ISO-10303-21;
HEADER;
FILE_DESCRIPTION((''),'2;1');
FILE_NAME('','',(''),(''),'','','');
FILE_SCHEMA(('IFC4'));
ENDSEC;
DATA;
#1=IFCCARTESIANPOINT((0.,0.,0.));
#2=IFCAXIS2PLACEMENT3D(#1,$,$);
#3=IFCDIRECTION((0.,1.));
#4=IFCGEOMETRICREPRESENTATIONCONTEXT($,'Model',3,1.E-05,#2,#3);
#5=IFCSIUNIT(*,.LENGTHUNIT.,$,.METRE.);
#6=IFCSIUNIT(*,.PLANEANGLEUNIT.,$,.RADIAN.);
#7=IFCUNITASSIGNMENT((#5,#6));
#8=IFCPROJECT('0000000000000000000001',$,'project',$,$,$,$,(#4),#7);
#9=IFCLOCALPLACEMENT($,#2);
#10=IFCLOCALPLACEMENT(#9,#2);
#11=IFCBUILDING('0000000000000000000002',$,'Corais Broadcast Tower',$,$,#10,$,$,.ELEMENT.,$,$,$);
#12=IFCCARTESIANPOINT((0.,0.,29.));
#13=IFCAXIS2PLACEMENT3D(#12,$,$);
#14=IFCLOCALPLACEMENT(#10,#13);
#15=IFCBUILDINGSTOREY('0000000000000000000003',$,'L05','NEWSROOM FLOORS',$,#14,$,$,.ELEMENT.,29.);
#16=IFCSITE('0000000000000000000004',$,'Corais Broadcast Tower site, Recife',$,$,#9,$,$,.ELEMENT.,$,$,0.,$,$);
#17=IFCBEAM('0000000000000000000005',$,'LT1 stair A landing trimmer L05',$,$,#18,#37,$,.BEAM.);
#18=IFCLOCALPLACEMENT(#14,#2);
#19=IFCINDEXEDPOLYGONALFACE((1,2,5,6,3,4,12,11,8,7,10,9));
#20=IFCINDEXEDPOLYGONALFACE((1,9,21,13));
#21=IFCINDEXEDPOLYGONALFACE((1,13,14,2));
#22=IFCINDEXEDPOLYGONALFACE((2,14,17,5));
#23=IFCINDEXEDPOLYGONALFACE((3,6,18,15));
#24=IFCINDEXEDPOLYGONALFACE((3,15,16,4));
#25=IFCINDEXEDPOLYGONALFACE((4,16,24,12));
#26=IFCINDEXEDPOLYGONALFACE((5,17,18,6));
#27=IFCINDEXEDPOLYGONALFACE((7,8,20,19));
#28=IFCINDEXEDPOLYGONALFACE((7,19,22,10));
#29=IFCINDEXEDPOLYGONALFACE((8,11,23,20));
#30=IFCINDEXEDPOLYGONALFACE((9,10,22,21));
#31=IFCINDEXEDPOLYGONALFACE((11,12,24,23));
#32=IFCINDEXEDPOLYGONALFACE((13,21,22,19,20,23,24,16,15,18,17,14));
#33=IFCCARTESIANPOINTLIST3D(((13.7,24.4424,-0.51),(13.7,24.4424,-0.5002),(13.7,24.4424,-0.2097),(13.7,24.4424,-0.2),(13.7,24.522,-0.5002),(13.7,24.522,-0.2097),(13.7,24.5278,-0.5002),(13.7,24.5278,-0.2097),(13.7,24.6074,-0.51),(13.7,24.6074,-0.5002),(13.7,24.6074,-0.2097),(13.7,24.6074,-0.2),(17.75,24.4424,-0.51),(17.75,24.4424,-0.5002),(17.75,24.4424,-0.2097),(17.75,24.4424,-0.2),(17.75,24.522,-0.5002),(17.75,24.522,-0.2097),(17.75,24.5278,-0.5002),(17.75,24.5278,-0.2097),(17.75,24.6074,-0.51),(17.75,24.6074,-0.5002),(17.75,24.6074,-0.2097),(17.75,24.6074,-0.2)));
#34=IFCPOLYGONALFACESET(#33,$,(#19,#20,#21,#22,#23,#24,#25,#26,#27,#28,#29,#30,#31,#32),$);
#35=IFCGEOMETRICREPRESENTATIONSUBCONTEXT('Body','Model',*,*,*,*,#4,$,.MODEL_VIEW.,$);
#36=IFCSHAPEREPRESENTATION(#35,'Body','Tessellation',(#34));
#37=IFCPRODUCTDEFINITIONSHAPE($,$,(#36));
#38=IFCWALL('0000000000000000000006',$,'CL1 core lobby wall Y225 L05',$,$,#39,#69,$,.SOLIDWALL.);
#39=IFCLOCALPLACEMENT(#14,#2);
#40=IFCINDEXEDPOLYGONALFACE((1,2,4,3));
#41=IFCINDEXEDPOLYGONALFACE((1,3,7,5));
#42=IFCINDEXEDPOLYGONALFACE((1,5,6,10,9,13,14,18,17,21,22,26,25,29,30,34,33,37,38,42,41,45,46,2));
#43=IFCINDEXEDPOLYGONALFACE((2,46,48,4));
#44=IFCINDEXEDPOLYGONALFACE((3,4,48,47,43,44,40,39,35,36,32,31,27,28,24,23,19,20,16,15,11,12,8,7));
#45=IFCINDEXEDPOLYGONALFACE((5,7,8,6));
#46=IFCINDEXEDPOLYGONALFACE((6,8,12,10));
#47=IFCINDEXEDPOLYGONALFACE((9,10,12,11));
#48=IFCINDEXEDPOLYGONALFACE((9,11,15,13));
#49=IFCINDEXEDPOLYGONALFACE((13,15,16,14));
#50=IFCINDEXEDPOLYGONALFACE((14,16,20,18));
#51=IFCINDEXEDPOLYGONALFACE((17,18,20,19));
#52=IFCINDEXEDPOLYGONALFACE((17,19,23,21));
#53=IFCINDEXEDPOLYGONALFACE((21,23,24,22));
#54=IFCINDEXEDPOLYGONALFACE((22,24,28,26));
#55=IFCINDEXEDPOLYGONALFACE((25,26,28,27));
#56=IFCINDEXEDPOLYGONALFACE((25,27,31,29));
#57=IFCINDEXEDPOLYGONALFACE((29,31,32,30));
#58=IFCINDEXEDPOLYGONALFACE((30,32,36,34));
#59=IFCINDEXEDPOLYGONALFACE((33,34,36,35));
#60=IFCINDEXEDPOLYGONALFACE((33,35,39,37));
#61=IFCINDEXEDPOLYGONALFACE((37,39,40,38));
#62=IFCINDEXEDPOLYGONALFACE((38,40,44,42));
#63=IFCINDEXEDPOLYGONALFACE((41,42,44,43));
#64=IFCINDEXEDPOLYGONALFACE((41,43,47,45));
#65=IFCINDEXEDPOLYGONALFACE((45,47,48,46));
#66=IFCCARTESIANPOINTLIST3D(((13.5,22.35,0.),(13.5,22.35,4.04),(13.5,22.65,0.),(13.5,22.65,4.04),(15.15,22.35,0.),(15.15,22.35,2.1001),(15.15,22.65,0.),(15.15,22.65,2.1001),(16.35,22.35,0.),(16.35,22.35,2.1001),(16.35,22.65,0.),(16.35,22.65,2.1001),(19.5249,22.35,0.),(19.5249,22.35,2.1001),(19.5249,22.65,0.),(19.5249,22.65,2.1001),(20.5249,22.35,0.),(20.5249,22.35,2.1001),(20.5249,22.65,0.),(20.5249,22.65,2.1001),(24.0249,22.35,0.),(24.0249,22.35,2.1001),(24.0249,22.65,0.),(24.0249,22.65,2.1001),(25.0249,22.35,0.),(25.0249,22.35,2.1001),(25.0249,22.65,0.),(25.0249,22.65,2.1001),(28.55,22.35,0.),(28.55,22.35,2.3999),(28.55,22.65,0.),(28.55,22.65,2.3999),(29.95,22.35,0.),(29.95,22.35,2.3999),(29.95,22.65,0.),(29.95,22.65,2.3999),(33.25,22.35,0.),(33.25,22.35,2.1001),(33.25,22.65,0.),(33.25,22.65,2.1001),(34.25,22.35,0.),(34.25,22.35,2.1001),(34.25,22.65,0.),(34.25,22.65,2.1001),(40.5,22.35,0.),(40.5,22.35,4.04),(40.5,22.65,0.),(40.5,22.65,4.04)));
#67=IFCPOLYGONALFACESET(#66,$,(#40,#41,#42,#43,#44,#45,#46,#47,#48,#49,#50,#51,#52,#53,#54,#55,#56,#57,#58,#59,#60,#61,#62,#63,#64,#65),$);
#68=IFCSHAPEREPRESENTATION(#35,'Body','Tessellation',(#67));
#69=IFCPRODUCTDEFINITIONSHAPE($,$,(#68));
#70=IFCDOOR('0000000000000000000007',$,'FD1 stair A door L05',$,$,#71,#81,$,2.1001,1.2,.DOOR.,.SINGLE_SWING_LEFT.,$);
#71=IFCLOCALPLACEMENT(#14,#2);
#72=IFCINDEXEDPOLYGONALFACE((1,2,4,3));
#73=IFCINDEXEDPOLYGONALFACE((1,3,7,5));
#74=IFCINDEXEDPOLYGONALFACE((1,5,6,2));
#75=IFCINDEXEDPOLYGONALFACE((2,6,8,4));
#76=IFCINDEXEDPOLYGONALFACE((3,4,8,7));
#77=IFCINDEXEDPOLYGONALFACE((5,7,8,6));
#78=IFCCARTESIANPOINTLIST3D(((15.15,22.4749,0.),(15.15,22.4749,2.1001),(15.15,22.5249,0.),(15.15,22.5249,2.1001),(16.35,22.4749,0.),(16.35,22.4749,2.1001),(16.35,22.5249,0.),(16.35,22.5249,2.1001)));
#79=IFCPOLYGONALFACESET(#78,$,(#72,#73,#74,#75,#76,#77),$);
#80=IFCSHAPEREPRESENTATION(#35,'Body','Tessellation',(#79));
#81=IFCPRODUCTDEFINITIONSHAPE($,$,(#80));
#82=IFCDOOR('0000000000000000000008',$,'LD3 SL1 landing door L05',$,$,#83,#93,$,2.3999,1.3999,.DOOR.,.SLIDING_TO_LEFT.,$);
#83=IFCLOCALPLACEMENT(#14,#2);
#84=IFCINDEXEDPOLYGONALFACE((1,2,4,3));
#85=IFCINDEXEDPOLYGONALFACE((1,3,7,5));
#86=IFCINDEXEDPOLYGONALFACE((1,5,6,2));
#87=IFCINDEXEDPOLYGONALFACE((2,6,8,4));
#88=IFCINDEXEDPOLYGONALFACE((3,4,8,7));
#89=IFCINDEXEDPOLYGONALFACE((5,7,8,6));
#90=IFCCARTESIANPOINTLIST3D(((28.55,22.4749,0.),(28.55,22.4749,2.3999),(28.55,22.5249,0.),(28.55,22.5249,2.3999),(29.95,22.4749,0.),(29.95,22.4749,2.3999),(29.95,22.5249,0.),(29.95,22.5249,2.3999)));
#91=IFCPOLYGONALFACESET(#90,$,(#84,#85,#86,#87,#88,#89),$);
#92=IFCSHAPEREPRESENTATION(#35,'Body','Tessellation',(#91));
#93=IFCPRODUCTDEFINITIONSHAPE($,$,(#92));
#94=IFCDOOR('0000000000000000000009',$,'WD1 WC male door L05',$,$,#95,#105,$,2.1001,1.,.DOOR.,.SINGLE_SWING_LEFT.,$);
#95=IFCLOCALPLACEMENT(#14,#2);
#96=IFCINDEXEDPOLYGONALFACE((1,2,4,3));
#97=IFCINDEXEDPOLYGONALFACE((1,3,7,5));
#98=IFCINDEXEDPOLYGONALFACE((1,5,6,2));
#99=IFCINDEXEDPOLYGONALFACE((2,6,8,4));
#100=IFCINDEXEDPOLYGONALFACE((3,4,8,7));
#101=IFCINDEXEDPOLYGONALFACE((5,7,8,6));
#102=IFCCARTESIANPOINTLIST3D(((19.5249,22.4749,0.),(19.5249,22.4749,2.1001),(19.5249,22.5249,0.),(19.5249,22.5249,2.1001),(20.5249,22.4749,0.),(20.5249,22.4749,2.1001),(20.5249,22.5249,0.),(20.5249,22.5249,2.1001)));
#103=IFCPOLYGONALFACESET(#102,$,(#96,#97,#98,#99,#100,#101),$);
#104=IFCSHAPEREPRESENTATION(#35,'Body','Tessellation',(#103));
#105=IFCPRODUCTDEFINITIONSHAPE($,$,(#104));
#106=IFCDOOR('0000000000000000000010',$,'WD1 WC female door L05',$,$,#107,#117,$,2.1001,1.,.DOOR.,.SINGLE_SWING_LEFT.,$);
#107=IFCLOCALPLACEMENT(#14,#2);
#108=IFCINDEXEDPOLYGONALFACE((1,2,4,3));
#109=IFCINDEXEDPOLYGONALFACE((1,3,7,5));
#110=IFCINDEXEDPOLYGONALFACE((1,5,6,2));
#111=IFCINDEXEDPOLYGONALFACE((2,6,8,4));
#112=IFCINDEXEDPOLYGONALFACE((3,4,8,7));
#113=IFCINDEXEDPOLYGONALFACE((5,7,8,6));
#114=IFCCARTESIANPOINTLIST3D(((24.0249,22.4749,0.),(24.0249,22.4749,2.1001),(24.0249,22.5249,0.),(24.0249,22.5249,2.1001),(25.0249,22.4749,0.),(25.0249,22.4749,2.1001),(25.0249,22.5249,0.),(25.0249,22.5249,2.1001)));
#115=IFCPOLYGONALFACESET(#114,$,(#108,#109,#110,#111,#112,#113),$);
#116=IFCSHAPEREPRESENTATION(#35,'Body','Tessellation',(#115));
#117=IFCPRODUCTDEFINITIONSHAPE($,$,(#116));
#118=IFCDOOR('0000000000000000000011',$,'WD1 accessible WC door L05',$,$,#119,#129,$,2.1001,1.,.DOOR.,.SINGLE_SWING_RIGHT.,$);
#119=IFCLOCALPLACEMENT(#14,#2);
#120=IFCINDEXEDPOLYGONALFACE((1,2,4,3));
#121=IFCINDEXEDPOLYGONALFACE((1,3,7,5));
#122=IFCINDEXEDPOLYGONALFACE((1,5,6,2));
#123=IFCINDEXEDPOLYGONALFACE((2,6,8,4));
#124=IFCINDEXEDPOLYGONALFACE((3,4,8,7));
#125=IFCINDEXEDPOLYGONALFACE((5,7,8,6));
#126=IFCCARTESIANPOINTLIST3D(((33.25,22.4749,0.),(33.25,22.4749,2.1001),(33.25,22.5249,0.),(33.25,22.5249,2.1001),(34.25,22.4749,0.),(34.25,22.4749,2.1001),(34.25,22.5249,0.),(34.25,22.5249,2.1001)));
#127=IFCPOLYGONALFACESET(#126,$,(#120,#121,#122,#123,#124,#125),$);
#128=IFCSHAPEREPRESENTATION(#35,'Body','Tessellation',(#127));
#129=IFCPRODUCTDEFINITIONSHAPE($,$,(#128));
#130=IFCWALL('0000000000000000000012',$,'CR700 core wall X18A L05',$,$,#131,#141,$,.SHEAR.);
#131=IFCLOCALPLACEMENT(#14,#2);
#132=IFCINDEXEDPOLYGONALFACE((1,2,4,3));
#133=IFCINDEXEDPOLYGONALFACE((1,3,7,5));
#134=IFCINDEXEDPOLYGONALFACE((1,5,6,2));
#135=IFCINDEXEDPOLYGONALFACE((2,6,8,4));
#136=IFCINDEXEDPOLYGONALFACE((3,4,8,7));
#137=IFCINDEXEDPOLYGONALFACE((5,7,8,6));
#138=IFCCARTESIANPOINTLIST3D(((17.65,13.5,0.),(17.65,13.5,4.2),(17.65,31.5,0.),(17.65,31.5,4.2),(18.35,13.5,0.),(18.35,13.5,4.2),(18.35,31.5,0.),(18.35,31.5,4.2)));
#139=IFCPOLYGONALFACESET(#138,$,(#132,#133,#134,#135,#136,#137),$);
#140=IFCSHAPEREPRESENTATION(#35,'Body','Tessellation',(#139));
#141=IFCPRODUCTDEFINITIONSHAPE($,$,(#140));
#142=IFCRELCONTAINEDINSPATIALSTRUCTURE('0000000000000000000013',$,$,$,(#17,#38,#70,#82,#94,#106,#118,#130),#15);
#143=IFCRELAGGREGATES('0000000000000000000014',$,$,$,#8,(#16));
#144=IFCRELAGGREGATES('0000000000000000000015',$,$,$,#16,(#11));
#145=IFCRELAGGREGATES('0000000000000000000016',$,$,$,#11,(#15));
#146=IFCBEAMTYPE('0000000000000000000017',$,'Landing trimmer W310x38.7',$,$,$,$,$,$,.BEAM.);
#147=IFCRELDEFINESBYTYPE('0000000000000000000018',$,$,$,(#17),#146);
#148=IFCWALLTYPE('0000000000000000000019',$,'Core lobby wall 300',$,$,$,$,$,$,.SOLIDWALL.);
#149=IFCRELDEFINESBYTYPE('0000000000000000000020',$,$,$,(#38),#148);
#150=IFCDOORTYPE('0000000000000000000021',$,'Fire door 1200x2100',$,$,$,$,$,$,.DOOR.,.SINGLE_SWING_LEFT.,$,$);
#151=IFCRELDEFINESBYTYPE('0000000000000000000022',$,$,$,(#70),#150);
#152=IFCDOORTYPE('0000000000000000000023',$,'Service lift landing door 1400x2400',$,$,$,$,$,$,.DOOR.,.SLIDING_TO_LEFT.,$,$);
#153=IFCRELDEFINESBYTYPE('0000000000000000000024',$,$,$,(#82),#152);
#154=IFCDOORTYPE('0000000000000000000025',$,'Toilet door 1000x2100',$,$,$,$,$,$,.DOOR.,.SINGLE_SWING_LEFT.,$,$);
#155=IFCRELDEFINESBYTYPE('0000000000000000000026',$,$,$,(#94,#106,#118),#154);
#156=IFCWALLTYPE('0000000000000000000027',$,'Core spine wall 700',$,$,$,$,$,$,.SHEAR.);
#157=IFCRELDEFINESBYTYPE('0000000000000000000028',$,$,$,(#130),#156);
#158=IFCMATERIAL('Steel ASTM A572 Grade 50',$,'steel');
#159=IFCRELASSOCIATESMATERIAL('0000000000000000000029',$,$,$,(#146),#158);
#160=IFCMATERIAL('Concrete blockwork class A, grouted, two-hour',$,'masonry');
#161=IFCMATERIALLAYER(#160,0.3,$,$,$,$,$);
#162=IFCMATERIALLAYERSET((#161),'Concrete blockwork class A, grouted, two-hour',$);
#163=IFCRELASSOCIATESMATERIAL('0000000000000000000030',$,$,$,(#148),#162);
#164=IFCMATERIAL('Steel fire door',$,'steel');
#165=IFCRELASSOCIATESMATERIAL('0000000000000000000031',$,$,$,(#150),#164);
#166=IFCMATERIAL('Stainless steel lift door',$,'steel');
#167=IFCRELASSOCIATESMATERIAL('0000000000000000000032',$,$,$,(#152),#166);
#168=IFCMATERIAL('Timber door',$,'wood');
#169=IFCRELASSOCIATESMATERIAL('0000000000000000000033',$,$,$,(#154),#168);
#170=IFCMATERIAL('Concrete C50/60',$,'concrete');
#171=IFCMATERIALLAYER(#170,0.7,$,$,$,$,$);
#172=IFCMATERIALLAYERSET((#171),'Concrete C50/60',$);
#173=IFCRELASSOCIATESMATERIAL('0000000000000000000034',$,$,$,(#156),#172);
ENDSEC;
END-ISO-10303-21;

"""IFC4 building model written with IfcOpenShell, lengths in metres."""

from ifc_helpers import new_model, si_unit, direction, frame, frame_2d, origin, origin_2d, place, context, subcontext, project, spatial, rectangle, i_section, extrude, material, layer, layer_set, material_profile, profile_set, type_object, element, fill, save


model = new_model("IFC4")

# Units and contexts
model_context = context("Model", 3, precision=1e-05, world=origin(), true_north=direction((0.0, 1.0)))
body_context = subcontext(model_context, "Body", "Model", "MODEL_VIEW")
ifc_project = project(units=[si_unit("LENGTHUNIT", "METRE"), si_unit("PLANEANGLEUNIT", "RADIAN")], contexts=[model_context])

# Site, building, storey
site_placement = place(None, origin())
site = spatial("IfcSite", under=ifc_project, at=site_placement, Name="Corais Broadcast Tower site, Recife", CompositionType="ELEMENT", RefElevation=0.0)
building_placement = place(site_placement, origin())
building = spatial("IfcBuilding", under=site, at=building_placement, Name="Corais Broadcast Tower", CompositionType="ELEMENT")
storey_placement = place(building_placement, frame((0.0, 0.0, 29.0)))
storey = spatial("IfcBuildingStorey", under=building, at=storey_placement, Name="L05", Description="NEWSROOM FLOORS", CompositionType="ELEMENT", Elevation=29.0)

# Beam
ifc_material_1 = material(Name="Steel ASTM A572 Grade 50", Category="steel")
ifc_material_profile = material_profile(ifc_material_1, i_section(OverallWidth=0.165, OverallDepth=0.3101, WebThickness=0.0059, FlangeThickness=0.0098, at=origin_2d()), Name="W310x38.7")
ifc_profile_set = profile_set([ifc_material_profile], Name="Steel ASTM A572 Grade 50")
beam_type = type_object("IfcBeamType", Name="Landing trimmer W310x38.7", PredefinedType="BEAM", material=ifc_profile_set)
beam_placement = place(storey_placement, frame((13.7, 24.5249, -0.355), z_axis=(1.0, 0.0, 0.0), x_axis=(0.0, 1.0, 0.0)))
element("IfcBeam", 1, at=beam_placement, inside=storey, type_object=beam_type, Name="LT1 stair A landing trimmer L05", PredefinedType="BEAM", context=body_context, shape_type="SweptSolid", body=[
    extrude(i_section(OverallWidth=0.165, OverallDepth=0.3101, WebThickness=0.0059, FlangeThickness=0.0098, at=origin_2d()), origin(), (0.0, 0.0, 1.0), 4.05),
])

# Wall, openings, doors
ifc_material_2 = material(Name="Concrete blockwork class A, grouted, two-hour", Category="masonry")
ifc_layer_1 = layer(ifc_material_2, 0.3)
ifc_layer_set_1 = layer_set([ifc_layer_1], Name="Concrete blockwork class A, grouted, two-hour")
wall_type_1 = type_object("IfcWallType", Name="Core lobby wall 300", PredefinedType="SOLIDWALL", material=ifc_layer_set_1)
wall_1_placement = place(storey_placement, frame((13.5, 22.5, 0.0), z_axis=(0.0, 0.0, 1.0), x_axis=(1.0, 0.0, 0.0)))
wall_1 = element("IfcWall", 2, at=wall_1_placement, inside=storey, type_object=wall_type_1, Name="CL1 core lobby wall Y225 L05", PredefinedType="SOLIDWALL", context=body_context, shape_type="SweptSolid", body=[
    extrude(rectangle(XDim=27.0, YDim=0.3, at=frame_2d((13.5, 0.0))), origin(), (0.0, 0.0, 1.0), 4.04),
])
opening_1_placement = place(wall_1_placement, frame((1.6499, 0.0, 0.0)))
opening_1 = element("IfcOpeningElement", 3, at=opening_1_placement, cuts=wall_1, PredefinedType="OPENING", context=body_context, shape_type="SweptSolid", body=[
    extrude(rectangle(XDim=1.2, YDim=2.1001, at=frame_2d((0.6001, 1.05))), frame((0.0, 0.1599, 0.0), z_axis=(0.0, -1.0, 0.0), x_axis=(1.0, 0.0, 0.0)), (0.0, 0.0, 1.0), 0.3201),
])
opening_2_placement = place(wall_1_placement, frame((6.0249, 0.0, 0.0)))
opening_2 = element("IfcOpeningElement", 4, at=opening_2_placement, cuts=wall_1, PredefinedType="OPENING", context=body_context, shape_type="SweptSolid", body=[
    extrude(rectangle(XDim=1.0, YDim=2.1001, at=frame_2d((0.5, 1.05))), frame((0.0, 0.1599, 0.0), z_axis=(0.0, -1.0, 0.0), x_axis=(1.0, 0.0, 0.0)), (0.0, 0.0, 1.0), 0.3201),
])
opening_3_placement = place(wall_1_placement, frame((10.5249, 0.0, 0.0)))
opening_3 = element("IfcOpeningElement", 5, at=opening_3_placement, cuts=wall_1, PredefinedType="OPENING", context=body_context, shape_type="SweptSolid", body=[
    extrude(rectangle(XDim=1.0, YDim=2.1001, at=frame_2d((0.5, 1.05))), frame((0.0, 0.1599, 0.0), z_axis=(0.0, -1.0, 0.0), x_axis=(1.0, 0.0, 0.0)), (0.0, 0.0, 1.0), 0.3201),
])
opening_4_placement = place(wall_1_placement, frame((19.75, 0.0, 0.0)))
opening_4 = element("IfcOpeningElement", 6, at=opening_4_placement, cuts=wall_1, PredefinedType="OPENING", context=body_context, shape_type="SweptSolid", body=[
    extrude(rectangle(XDim=1.0, YDim=2.1001, at=frame_2d((0.5, 1.05))), frame((0.0, 0.1599, 0.0), z_axis=(0.0, -1.0, 0.0), x_axis=(1.0, 0.0, 0.0)), (0.0, 0.0, 1.0), 0.3201),
])
opening_5_placement = place(wall_1_placement, frame((15.05, 0.0, 0.0)))
opening_5 = element("IfcOpeningElement", 7, at=opening_5_placement, cuts=wall_1, PredefinedType="OPENING", context=body_context, shape_type="SweptSolid", body=[
    extrude(rectangle(XDim=1.3999, YDim=2.3999, at=frame_2d((0.7, 1.2))), frame((0.0, 0.1599, 0.0), z_axis=(0.0, -1.0, 0.0), x_axis=(1.0, 0.0, 0.0)), (0.0, 0.0, 1.0), 0.3201),
])
ifc_material_3 = material(Name="Steel fire door", Category="steel")
door_type_1 = type_object("IfcDoorType", Name="Fire door 1200x2100", OperationType="SINGLE_SWING_LEFT", PredefinedType="DOOR", material=ifc_material_3)
door_1_placement = place(opening_1_placement, origin())
door_1 = element("IfcDoor", 8, at=door_1_placement, inside=storey, type_object=door_type_1, Name="FD1 stair A door L05", OperationType="SINGLE_SWING_LEFT", OverallHeight=2.1001, OverallWidth=1.2, PredefinedType="DOOR", context=body_context, shape_type="SweptSolid", body=[
    extrude(rectangle(XDim=1.2, YDim=2.1001, at=frame_2d((0.6001, 1.05))), frame((0.0, 0.0249, 0.0), z_axis=(0.0, -1.0, 0.0), x_axis=(1.0, 0.0, 0.0)), (0.0, 0.0, 1.0), 0.05),
])
fill(opening_1, door_1)
ifc_material_4 = material(Name="Stainless steel lift door", Category="steel")
door_type_2 = type_object("IfcDoorType", Name="Service lift landing door 1400x2400", OperationType="SLIDING_TO_LEFT", PredefinedType="DOOR", material=ifc_material_4)
door_2_placement = place(opening_5_placement, origin())
door_2 = element("IfcDoor", 9, at=door_2_placement, inside=storey, type_object=door_type_2, Name="LD3 SL1 landing door L05", OperationType="SLIDING_TO_LEFT", OverallHeight=2.3999, OverallWidth=1.3999, PredefinedType="DOOR", context=body_context, shape_type="SweptSolid", body=[
    extrude(rectangle(XDim=1.3999, YDim=2.3999, at=frame_2d((0.7, 1.2))), frame((0.0, 0.0249, 0.0), z_axis=(0.0, -1.0, 0.0), x_axis=(1.0, 0.0, 0.0)), (0.0, 0.0, 1.0), 0.05),
])
fill(opening_5, door_2)
ifc_material_5 = material(Name="Timber door", Category="wood")
door_type_3 = type_object("IfcDoorType", Name="Toilet door 1000x2100", OperationType="SINGLE_SWING_LEFT", PredefinedType="DOOR", material=ifc_material_5)
door_3_placement = place(opening_2_placement, origin())
door_3 = element("IfcDoor", 10, at=door_3_placement, inside=storey, type_object=door_type_3, Name="WD1 WC male door L05", OperationType="SINGLE_SWING_LEFT", OverallHeight=2.1001, OverallWidth=1.0, PredefinedType="DOOR", context=body_context, shape_type="SweptSolid", body=[
    extrude(rectangle(XDim=1.0, YDim=2.1001, at=frame_2d((0.5, 1.05))), frame((0.0, 0.0249, 0.0), z_axis=(0.0, -1.0, 0.0), x_axis=(1.0, 0.0, 0.0)), (0.0, 0.0, 1.0), 0.05),
])
fill(opening_2, door_3)
door_4_placement = place(opening_3_placement, origin())
door_4 = element("IfcDoor", 11, at=door_4_placement, inside=storey, type_object=door_type_3, Name="WD1 WC female door L05", OperationType="SINGLE_SWING_LEFT", OverallHeight=2.1001, OverallWidth=1.0, PredefinedType="DOOR", context=body_context, shape_type="SweptSolid", body=[
    extrude(rectangle(XDim=1.0, YDim=2.1001, at=frame_2d((0.5, 1.05))), frame((0.0, 0.0249, 0.0), z_axis=(0.0, -1.0, 0.0), x_axis=(1.0, 0.0, 0.0)), (0.0, 0.0, 1.0), 0.05),
])
fill(opening_3, door_4)
door_5_placement = place(opening_4_placement, origin())
door_5 = element("IfcDoor", 12, at=door_5_placement, inside=storey, type_object=door_type_3, Name="WD1 accessible WC door L05", OperationType="SINGLE_SWING_RIGHT", OverallHeight=2.1001, OverallWidth=1.0, PredefinedType="DOOR", context=body_context, shape_type="SweptSolid", body=[
    extrude(rectangle(XDim=1.0, YDim=2.1001, at=frame_2d((0.5, 1.05))), frame((0.0, 0.0249, 0.0), z_axis=(0.0, -1.0, 0.0), x_axis=(1.0, 0.0, 0.0)), (0.0, 0.0, 1.0), 0.05),
])
fill(opening_4, door_5)

# Wall
ifc_material_6 = material(Name="Concrete C50/60", Category="concrete")
ifc_layer_2 = layer(ifc_material_6, 0.7)
ifc_layer_set_2 = layer_set([ifc_layer_2], Name="Concrete C50/60")
wall_type_2 = type_object("IfcWallType", Name="Core spine wall 700", PredefinedType="SHEAR", material=ifc_layer_set_2)
wall_2_placement = place(storey_placement, frame((18.0, 13.5, 0.0), z_axis=(0.0, 0.0, 1.0), x_axis=(0.0, 1.0, 0.0)))
element("IfcWall", 13, at=wall_2_placement, inside=storey, type_object=wall_type_2, Name="CR700 core wall X18A L05", PredefinedType="SHEAR", context=body_context, shape_type="SweptSolid", body=[
    extrude(rectangle(XDim=18.0, YDim=0.7, at=frame_2d((9.0, 0.0))), origin(), (0.0, 0.0, 1.0), 4.2),
])

save(model, "model.ifc")
